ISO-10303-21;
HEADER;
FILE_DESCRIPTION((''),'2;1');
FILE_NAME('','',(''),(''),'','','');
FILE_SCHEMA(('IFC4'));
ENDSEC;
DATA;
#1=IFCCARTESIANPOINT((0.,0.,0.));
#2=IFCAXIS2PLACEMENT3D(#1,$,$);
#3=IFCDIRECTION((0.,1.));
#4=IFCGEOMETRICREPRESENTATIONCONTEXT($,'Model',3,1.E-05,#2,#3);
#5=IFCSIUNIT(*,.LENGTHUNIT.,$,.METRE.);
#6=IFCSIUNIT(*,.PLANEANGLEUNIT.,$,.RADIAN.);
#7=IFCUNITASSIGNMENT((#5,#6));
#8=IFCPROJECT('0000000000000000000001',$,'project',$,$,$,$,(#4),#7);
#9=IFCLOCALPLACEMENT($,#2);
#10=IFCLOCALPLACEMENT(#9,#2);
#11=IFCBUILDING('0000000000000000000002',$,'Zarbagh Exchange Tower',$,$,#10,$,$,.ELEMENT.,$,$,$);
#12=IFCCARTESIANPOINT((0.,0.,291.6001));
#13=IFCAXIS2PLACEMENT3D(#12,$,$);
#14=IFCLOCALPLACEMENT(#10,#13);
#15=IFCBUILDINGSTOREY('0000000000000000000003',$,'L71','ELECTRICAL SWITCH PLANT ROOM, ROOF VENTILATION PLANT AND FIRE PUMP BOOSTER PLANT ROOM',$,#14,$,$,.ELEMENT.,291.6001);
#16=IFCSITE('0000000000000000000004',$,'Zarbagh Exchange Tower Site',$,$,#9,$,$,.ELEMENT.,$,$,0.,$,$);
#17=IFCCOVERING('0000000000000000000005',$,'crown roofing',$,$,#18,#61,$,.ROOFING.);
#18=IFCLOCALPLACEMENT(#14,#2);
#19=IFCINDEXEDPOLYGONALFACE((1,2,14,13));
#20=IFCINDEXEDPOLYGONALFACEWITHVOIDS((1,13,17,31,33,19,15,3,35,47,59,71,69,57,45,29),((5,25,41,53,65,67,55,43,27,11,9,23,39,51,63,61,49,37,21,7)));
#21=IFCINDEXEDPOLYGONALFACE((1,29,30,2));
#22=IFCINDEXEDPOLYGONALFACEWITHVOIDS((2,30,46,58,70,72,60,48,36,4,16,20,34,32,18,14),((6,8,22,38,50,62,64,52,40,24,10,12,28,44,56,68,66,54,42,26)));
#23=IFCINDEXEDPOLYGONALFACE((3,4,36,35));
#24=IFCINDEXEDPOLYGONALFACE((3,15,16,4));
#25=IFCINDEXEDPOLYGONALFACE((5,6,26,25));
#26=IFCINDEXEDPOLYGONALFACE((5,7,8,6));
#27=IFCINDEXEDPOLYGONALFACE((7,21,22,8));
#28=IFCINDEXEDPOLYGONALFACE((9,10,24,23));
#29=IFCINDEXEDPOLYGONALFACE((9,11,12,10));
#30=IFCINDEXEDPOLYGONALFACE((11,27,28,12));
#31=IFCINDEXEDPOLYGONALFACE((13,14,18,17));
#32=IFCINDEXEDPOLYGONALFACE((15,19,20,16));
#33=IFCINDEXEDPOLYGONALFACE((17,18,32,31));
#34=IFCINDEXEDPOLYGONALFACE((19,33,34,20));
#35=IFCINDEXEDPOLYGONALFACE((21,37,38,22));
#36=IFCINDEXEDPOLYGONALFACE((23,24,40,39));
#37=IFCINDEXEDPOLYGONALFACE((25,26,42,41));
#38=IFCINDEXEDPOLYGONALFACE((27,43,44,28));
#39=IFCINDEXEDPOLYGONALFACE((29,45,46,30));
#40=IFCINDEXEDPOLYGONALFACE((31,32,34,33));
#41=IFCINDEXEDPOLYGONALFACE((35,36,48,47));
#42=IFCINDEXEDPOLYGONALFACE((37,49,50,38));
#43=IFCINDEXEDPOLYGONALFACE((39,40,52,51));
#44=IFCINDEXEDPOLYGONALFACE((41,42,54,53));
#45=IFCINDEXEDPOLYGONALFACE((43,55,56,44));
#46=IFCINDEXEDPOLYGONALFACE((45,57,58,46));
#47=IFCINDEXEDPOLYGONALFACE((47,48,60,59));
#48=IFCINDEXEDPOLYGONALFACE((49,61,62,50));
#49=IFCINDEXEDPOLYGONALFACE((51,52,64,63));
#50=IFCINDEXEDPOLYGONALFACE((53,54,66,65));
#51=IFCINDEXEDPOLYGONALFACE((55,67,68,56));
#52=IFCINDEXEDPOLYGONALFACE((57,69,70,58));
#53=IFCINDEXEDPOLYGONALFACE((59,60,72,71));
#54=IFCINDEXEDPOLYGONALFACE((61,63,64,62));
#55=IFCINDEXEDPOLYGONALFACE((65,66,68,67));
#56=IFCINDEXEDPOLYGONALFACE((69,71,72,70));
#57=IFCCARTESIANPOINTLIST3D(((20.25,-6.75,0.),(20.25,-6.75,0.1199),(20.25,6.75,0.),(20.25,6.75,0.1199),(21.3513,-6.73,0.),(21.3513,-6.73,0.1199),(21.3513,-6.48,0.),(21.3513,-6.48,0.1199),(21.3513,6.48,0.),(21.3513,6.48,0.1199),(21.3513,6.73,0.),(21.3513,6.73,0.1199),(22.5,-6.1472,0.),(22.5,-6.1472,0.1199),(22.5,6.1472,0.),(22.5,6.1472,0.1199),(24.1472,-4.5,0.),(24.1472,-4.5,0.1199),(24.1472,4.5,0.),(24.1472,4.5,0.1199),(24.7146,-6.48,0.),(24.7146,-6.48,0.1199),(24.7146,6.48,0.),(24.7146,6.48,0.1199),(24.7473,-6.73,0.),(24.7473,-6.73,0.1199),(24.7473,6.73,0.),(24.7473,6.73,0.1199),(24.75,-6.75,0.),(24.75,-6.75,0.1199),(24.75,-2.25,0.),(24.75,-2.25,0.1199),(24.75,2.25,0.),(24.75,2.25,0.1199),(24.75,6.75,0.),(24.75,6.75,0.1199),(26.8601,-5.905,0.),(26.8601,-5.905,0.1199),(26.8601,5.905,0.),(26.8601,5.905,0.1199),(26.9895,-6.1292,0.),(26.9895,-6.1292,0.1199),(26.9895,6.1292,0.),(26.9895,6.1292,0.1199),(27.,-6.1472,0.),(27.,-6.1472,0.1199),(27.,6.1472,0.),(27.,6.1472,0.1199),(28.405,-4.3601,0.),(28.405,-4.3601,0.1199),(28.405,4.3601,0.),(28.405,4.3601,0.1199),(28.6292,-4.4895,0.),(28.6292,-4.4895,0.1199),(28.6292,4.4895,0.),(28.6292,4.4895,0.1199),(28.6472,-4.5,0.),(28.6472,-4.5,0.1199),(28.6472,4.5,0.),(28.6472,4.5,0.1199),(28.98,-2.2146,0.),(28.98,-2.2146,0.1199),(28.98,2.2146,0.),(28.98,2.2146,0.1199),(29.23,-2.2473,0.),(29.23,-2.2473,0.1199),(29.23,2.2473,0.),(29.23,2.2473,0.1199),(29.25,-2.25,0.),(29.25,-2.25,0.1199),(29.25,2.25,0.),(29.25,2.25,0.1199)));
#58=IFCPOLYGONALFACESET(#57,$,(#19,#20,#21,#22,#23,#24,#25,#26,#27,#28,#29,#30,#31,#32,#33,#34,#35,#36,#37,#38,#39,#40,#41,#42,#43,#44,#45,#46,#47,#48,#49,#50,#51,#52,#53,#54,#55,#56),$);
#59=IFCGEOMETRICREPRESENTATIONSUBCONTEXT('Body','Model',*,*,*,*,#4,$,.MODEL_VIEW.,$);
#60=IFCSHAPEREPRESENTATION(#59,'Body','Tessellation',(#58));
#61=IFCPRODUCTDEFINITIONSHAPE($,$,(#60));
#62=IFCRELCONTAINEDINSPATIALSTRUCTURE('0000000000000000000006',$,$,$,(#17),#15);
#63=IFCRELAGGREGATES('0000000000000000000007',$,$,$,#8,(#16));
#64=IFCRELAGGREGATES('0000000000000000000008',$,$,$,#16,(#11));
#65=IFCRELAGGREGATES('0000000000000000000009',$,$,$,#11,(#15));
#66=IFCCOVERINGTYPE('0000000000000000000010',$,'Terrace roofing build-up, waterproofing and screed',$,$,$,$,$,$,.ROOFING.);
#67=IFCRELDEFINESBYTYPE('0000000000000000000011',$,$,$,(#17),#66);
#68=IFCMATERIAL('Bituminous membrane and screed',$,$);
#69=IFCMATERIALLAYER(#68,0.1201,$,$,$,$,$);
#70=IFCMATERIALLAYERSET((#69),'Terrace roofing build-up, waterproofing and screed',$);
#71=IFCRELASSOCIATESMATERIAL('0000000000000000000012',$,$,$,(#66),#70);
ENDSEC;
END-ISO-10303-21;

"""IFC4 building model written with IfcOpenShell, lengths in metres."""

from ifc_helpers import new_model, si_unit, direction, frame, origin, place, context, subcontext, project, spatial, polyline, outline, extrude, material, layer, layer_set, type_object, element, save


model = new_model("IFC4")

# Units and contexts
model_context = context("Model", 3, precision=1e-05, world=origin(), true_north=direction((0.0, 1.0)))
body_context = subcontext(model_context, "Body", "Model", "MODEL_VIEW")
ifc_project = project(units=[si_unit("LENGTHUNIT", "METRE"), si_unit("PLANEANGLEUNIT", "RADIAN")], contexts=[model_context])

# Site, building, storey
site_placement = place(None, origin())
site = spatial("IfcSite", under=ifc_project, at=site_placement, Name="Zarbagh Exchange Tower Site", CompositionType="ELEMENT", RefElevation=0.0)
building_placement = place(site_placement, origin())
building = spatial("IfcBuilding", under=site, at=building_placement, Name="Zarbagh Exchange Tower", CompositionType="ELEMENT")
storey_placement = place(building_placement, frame((0.0, 0.0, 291.6001)))
storey = spatial("IfcBuildingStorey", under=building, at=storey_placement, Name="L71", Description="ELECTRICAL SWITCH PLANT ROOM, ROOF VENTILATION PLANT AND FIRE PUMP BOOSTER PLANT ROOM", CompositionType="ELEMENT", Elevation=291.6001)

# Covering
ifc_material_1 = material(Name="Bituminous membrane and screed")
ifc_layer_1 = layer(ifc_material_1, 0.1201)
ifc_layer_set_1 = layer_set([ifc_layer_1], Name="Terrace roofing build-up, waterproofing and screed")
covering_type = type_object("IfcCoveringType", Name="Terrace roofing build-up, waterproofing and screed", PredefinedType="ROOFING", material=ifc_layer_set_1)
covering_1_placement = place(storey_placement, origin())
element("IfcCovering", 1, at=covering_1_placement, inside=storey, type_object=covering_type, Name="crown roofing", PredefinedType="ROOFING", context=body_context, shape_type="SweptSolid", body=[
    extrude(outline(polyline([(27.0, 6.1472), (28.6472, 4.5), (29.25, 2.25), (29.25, -2.25), (28.6472, -4.5), (27.0, -6.1472), (24.75, -6.75), (20.25, -6.75), (22.5, -6.1472), (24.1472, -4.5), (24.75, -2.25), (24.75, 2.25), (24.1472, 4.5), (22.5, 6.1472), (20.25, 6.75), (24.75, 6.75), (27.0, 6.1472)]), holes=[polyline([(21.3513, -6.48), (21.3513, -6.73), (24.7473, -6.73), (26.9895, -6.1292), (28.6292, -4.4895), (29.23, -2.2473), (29.23, 2.2473), (28.6292, 4.4895), (26.9895, 6.1292), (24.7473, 6.73), (21.3513, 6.73), (21.3513, 6.48), (24.7146, 6.48), (26.8601, 5.905), (28.405, 4.3601), (28.98, 2.2146), (28.98, -2.2146), (28.405, -4.3601), (26.8601, -5.905), (24.7146, -6.48), (21.3513, -6.48)])]), origin(), (0.0, 0.0, 1.0), 0.1199),
])

save(model, "model.ifc")
